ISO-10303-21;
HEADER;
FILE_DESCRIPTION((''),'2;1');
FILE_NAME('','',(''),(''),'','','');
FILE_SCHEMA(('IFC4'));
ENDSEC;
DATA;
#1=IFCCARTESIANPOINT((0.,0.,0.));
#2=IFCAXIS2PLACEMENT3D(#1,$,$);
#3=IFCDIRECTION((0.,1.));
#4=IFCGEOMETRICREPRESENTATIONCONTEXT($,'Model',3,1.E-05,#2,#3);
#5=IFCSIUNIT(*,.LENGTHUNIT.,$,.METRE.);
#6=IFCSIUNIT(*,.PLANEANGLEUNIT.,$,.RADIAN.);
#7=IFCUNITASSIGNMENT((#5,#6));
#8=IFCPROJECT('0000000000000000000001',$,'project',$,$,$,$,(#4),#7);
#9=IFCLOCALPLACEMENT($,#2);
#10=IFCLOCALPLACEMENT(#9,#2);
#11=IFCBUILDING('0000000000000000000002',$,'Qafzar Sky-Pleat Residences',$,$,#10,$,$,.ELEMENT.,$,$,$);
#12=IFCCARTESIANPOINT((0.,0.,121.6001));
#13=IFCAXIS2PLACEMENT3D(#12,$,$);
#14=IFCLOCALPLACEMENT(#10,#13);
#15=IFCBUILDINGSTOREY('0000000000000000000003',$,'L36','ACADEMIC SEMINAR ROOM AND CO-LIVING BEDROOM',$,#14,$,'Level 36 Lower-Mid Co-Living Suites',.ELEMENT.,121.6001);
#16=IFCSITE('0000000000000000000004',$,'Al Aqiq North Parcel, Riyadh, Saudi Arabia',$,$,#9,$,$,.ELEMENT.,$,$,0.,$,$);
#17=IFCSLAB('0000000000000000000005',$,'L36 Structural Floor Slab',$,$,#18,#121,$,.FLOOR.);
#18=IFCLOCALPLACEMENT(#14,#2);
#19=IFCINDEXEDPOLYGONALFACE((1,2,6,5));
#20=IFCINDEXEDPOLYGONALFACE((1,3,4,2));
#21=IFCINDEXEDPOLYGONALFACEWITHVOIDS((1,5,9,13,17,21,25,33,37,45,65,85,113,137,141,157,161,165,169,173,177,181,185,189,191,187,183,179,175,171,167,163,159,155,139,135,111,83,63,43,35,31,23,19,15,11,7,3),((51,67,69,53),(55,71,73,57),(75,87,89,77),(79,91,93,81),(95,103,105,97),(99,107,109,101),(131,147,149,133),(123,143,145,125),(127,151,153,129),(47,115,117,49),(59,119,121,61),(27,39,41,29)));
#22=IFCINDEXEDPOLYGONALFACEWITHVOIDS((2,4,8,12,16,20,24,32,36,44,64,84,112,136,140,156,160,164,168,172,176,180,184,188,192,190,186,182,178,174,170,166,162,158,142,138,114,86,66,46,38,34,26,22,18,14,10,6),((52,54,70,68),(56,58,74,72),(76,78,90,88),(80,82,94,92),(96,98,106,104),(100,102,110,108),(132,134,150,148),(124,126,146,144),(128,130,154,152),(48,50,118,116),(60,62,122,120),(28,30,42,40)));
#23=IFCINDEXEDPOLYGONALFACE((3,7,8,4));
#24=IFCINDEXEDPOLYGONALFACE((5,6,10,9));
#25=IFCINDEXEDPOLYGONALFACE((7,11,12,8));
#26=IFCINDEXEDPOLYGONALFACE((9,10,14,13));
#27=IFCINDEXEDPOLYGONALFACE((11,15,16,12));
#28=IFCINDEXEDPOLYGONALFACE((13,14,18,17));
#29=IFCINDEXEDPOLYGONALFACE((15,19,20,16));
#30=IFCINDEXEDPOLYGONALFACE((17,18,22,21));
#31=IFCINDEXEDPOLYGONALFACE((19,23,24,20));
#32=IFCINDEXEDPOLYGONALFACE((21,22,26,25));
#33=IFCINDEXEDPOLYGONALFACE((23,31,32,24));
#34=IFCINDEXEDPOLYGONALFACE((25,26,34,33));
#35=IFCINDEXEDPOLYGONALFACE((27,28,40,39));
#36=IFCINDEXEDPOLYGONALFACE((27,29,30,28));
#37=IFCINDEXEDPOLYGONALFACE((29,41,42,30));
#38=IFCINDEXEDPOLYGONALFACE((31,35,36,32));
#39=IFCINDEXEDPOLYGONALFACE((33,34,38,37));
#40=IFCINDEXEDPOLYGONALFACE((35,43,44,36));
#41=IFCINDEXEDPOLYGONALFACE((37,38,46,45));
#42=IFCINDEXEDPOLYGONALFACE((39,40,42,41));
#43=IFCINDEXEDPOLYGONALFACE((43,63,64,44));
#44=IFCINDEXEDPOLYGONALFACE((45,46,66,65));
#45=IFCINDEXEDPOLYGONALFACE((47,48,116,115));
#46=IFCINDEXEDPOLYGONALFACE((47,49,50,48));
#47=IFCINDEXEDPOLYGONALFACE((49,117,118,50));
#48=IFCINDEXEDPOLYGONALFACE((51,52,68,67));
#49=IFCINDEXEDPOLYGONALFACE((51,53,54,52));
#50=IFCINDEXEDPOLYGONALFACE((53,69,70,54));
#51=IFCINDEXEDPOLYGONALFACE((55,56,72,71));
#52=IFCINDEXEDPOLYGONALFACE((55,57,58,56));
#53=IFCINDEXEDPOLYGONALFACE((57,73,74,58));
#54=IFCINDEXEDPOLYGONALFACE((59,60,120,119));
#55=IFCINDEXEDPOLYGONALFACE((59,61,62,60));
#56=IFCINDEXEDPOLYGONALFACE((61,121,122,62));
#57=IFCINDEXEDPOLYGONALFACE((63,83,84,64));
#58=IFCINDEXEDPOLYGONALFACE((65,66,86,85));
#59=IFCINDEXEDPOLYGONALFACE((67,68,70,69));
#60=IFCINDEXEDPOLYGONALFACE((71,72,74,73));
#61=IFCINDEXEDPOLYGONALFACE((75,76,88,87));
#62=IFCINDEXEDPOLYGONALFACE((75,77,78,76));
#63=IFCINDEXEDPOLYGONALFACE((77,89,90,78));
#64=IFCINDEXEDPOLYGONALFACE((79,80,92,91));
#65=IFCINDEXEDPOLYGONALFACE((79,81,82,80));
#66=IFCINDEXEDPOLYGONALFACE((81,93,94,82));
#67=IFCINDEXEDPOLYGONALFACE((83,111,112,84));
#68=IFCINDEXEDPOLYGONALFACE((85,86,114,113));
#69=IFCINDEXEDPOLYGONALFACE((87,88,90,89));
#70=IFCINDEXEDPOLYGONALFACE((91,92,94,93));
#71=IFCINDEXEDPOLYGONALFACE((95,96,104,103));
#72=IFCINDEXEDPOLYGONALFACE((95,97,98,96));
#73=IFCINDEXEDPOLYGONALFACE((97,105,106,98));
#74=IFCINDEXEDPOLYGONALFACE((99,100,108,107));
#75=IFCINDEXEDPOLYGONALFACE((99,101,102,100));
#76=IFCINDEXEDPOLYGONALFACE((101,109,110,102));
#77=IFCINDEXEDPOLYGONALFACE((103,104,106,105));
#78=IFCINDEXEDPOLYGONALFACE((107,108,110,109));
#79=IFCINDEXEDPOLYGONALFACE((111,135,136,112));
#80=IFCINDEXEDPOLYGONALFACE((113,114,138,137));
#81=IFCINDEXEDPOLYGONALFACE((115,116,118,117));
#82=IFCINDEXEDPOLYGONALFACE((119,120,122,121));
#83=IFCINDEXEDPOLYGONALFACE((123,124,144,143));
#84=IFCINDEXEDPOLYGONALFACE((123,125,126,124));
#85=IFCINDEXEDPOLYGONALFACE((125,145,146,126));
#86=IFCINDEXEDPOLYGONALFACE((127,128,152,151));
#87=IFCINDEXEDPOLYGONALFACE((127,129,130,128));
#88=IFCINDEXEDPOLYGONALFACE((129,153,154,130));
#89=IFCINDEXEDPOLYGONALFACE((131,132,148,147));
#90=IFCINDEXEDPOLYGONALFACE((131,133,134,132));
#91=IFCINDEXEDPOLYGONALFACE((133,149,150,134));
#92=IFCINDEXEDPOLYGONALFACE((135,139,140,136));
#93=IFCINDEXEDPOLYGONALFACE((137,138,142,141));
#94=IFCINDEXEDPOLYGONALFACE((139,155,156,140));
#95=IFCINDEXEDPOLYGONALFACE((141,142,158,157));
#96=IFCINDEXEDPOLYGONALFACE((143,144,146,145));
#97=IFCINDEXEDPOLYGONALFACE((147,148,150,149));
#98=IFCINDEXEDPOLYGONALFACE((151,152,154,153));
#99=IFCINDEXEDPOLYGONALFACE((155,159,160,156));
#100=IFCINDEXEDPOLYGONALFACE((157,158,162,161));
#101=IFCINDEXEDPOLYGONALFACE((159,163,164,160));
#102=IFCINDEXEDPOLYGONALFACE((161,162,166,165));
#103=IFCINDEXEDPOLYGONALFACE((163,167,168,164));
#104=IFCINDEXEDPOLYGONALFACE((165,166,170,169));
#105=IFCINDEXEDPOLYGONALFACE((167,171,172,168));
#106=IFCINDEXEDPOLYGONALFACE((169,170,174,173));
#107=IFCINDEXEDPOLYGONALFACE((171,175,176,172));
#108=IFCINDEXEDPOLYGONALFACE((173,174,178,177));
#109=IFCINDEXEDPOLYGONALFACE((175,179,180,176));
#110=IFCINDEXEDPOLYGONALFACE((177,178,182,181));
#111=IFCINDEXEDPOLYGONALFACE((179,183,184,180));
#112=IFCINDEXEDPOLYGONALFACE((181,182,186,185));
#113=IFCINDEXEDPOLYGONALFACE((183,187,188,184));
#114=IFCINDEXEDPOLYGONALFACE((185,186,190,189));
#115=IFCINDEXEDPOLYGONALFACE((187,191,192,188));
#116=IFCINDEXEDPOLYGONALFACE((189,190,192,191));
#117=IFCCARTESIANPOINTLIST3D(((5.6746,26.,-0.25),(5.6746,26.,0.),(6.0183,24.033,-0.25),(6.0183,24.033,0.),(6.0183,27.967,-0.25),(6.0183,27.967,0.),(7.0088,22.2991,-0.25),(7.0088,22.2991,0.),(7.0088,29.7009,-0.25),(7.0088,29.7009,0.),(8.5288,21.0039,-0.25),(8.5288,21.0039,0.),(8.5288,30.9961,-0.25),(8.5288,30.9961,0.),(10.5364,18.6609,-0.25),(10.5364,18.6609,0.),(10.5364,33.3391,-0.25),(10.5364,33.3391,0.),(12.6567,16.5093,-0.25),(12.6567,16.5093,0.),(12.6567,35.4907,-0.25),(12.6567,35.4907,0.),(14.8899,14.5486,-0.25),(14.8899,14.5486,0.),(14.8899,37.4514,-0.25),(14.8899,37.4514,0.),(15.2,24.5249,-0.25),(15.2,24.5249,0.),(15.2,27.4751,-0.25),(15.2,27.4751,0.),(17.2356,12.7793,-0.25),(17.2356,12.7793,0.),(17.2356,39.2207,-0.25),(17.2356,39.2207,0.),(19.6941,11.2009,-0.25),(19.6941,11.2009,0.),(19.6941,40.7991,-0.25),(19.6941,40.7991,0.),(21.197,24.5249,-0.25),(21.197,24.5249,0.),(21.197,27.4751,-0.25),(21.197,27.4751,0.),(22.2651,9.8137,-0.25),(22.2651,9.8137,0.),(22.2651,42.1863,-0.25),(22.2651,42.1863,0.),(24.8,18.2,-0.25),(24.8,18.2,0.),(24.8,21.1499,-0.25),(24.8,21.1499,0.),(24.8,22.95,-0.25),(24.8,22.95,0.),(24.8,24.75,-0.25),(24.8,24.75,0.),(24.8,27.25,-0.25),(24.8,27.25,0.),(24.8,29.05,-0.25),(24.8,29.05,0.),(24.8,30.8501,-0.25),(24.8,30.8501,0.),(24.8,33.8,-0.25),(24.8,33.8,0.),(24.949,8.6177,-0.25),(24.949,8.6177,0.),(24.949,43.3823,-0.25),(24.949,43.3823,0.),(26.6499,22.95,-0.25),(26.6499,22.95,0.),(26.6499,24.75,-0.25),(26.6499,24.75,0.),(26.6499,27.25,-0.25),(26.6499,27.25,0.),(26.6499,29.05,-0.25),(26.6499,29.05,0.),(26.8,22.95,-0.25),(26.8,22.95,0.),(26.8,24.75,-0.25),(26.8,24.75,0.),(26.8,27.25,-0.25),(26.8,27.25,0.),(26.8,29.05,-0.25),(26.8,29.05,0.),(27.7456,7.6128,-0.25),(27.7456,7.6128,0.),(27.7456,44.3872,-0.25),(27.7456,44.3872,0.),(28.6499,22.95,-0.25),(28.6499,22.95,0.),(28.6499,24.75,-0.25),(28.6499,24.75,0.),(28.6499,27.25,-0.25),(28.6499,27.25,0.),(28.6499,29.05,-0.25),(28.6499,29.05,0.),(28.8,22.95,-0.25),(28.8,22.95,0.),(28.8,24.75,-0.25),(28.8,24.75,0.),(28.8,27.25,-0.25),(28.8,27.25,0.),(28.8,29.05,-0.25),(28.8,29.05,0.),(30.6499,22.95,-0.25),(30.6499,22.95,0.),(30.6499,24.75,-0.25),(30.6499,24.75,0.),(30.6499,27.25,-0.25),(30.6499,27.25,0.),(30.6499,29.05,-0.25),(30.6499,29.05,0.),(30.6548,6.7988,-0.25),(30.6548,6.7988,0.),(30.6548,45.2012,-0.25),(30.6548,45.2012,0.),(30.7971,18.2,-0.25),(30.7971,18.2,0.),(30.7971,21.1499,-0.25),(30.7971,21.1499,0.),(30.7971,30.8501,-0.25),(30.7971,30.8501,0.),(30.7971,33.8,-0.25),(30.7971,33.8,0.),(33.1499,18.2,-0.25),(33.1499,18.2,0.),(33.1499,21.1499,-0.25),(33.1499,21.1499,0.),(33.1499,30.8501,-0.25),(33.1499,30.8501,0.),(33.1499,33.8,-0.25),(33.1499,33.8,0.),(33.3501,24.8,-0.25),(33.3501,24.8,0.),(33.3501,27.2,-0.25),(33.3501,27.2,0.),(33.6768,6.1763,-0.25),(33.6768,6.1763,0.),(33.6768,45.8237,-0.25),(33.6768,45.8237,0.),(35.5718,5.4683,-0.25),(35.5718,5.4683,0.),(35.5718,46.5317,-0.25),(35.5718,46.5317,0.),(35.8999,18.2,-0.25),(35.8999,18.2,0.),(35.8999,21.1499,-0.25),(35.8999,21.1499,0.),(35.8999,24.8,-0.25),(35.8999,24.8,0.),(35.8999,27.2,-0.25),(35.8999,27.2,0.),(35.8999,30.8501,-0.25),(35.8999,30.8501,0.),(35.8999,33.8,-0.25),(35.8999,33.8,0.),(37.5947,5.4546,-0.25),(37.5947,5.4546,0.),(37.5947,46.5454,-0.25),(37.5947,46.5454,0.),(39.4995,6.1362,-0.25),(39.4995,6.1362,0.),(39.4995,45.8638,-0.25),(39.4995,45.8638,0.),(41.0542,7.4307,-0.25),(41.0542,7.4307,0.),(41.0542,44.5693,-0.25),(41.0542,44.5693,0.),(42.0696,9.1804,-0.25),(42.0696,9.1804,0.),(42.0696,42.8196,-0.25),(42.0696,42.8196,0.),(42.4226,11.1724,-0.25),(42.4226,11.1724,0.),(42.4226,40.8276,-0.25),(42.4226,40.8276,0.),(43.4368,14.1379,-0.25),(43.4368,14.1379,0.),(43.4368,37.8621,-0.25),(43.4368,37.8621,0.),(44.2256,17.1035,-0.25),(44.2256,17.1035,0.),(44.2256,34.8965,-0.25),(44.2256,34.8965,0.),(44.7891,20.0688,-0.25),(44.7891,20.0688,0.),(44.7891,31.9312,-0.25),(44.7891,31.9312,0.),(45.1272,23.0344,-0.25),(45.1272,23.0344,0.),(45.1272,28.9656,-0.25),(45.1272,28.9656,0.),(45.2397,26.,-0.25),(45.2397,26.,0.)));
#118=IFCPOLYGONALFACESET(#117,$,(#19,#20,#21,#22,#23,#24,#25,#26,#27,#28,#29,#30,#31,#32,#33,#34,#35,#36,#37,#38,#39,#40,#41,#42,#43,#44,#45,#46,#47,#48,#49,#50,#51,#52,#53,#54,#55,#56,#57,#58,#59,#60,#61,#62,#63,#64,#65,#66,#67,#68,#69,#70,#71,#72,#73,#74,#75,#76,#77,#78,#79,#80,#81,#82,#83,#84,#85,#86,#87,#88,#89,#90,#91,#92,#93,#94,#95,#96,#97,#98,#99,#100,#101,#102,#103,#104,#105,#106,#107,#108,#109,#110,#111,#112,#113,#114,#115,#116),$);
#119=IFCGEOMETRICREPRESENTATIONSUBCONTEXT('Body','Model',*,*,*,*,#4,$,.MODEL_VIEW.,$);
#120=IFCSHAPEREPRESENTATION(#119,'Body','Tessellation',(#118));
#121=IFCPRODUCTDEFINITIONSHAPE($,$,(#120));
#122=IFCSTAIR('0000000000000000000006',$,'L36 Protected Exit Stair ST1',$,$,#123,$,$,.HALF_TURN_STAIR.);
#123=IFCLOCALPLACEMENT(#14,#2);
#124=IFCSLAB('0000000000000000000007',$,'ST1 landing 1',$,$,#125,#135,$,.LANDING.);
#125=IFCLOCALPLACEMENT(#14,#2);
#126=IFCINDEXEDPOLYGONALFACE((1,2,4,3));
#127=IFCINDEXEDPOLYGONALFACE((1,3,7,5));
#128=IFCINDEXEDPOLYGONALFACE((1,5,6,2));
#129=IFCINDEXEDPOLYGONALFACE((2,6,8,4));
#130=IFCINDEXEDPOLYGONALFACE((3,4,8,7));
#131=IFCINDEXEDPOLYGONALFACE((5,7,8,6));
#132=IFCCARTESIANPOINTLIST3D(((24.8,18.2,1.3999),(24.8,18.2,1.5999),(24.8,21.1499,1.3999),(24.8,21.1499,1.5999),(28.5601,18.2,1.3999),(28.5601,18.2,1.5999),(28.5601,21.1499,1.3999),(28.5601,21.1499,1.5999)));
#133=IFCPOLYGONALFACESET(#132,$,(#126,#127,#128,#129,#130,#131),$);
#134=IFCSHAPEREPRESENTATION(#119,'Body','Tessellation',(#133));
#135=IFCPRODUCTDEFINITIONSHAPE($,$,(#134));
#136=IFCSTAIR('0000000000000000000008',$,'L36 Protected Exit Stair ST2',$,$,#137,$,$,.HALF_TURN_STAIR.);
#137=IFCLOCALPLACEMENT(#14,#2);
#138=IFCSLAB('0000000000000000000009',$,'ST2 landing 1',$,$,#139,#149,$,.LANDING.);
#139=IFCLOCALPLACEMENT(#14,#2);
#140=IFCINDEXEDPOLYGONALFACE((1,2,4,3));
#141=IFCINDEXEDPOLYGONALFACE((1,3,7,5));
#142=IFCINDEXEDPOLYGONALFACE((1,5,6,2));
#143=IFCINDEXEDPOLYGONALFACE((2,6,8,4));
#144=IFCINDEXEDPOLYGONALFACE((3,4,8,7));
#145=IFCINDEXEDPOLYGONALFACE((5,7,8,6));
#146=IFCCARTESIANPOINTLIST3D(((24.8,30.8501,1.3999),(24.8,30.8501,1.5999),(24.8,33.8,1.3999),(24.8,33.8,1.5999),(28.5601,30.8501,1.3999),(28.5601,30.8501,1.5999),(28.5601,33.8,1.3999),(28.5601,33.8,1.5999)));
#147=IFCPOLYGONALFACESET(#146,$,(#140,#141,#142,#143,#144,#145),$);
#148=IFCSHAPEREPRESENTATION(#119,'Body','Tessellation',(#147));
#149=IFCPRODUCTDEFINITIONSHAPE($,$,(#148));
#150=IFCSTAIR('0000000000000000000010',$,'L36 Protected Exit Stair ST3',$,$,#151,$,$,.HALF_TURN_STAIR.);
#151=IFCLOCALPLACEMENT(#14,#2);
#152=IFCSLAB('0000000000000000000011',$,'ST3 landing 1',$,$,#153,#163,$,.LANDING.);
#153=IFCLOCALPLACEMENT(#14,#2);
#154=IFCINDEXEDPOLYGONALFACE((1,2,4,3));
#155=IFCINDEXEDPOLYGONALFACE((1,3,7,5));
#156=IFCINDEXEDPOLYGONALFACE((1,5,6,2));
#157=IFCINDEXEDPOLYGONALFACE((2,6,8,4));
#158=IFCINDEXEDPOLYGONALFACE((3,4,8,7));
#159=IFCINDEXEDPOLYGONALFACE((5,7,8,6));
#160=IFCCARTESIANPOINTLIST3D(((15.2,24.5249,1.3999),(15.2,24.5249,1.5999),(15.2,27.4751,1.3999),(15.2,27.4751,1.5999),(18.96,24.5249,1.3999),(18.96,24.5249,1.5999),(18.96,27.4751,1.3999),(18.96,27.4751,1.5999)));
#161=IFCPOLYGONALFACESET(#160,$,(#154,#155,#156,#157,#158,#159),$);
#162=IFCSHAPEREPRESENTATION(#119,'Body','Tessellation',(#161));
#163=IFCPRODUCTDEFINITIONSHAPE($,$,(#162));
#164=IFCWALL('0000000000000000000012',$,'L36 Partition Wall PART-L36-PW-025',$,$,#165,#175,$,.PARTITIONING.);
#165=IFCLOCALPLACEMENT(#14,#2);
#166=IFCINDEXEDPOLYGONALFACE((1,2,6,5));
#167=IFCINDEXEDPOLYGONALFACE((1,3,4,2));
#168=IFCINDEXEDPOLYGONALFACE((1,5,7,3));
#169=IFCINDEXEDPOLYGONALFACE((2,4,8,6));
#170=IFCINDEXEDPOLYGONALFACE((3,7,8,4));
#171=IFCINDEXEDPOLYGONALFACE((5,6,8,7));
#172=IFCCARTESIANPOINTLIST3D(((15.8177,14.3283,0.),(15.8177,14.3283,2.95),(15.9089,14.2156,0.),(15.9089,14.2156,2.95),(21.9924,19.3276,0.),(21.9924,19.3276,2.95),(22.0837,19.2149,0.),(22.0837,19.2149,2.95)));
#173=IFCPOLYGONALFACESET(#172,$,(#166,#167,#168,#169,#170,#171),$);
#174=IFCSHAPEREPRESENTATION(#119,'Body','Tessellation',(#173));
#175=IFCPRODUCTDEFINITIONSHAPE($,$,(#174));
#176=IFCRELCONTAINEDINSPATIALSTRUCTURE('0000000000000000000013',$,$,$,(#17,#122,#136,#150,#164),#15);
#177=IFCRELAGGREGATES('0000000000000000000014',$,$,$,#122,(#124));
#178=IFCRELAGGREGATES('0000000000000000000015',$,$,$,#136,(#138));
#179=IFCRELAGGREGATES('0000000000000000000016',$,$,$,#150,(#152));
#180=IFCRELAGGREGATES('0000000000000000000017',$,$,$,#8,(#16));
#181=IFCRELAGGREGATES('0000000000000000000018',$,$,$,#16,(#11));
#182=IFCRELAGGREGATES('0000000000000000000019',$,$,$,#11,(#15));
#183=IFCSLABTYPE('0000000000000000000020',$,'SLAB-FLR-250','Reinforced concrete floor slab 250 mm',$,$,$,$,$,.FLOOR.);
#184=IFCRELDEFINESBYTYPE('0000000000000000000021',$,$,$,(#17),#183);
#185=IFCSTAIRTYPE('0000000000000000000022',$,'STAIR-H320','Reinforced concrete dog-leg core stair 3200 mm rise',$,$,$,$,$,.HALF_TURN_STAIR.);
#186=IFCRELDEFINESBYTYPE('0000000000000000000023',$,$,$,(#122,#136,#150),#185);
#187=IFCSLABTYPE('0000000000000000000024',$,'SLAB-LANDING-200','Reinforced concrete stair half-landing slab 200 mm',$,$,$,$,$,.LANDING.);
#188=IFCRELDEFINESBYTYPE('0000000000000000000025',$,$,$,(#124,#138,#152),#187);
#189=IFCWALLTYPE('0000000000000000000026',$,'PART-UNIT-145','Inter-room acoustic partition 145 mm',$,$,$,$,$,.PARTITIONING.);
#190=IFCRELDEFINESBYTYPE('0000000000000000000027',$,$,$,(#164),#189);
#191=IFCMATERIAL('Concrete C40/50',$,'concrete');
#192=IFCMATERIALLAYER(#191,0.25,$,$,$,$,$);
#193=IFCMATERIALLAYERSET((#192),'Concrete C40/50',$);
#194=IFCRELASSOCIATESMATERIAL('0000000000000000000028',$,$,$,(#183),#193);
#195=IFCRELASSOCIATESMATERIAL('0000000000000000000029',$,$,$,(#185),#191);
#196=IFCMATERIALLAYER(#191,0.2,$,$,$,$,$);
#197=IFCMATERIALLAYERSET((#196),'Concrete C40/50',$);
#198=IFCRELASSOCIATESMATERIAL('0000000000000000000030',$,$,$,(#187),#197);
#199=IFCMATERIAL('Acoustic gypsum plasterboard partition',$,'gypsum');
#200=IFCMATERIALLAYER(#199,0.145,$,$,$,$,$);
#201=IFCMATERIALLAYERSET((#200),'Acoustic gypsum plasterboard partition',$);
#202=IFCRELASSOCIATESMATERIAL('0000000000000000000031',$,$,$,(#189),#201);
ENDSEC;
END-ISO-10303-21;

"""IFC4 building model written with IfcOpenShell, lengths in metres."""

from ifc_helpers import new_model, si_unit, direction, frame, frame_2d, origin, place, context, subcontext, project, spatial, polyline, rectangle, outline, extrude, material, layer, layer_set, type_object, element, aggregate, save


model = new_model("IFC4")

# Units and contexts
model_context = context("Model", 3, precision=1e-05, world=origin(), true_north=direction((0.0, 1.0)))
body_context = subcontext(model_context, "Body", "Model", "MODEL_VIEW")
ifc_project = project(units=[si_unit("LENGTHUNIT", "METRE"), si_unit("PLANEANGLEUNIT", "RADIAN")], contexts=[model_context])

# Site, building, storey
site_placement = place(None, origin())
site = spatial("IfcSite", under=ifc_project, at=site_placement, Name="Al Aqiq North Parcel, Riyadh, Saudi Arabia", CompositionType="ELEMENT", RefElevation=0.0)
building_placement = place(site_placement, origin())
building = spatial("IfcBuilding", under=site, at=building_placement, Name="Qafzar Sky-Pleat Residences", CompositionType="ELEMENT")
storey_placement = place(building_placement, frame((0.0, 0.0, 121.6001)))
storey = spatial("IfcBuildingStorey", under=building, at=storey_placement, Name="L36", Description="ACADEMIC SEMINAR ROOM AND CO-LIVING BEDROOM", LongName="Level 36 Lower-Mid Co-Living Suites", CompositionType="ELEMENT", Elevation=121.6001)

# Slab
ifc_material_1 = material(Name="Concrete C40/50", Category="concrete")
ifc_layer_1 = layer(ifc_material_1, 0.25)
ifc_layer_set_1 = layer_set([ifc_layer_1], Name="Concrete C40/50")
slab_type_1 = type_object("IfcSlabType", Name="SLAB-FLR-250", Description="Reinforced concrete floor slab 250 mm", PredefinedType="FLOOR", material=ifc_layer_set_1)
slab_1_placement = place(storey_placement, frame((0.0, 0.0, -0.25)))
element("IfcSlab", 1, at=slab_1_placement, inside=storey, type_object=slab_type_1, Name="L36 Structural Floor Slab", PredefinedType="FLOOR", context=body_context, shape_type="SweptSolid", body=[
    extrude(outline(polyline([(8.5288, 30.9961), (7.0088, 29.7009), (6.0183, 27.967), (5.6746, 26.0), (6.0183, 24.033), (7.0088, 22.2991), (8.5288, 21.0039), (10.5364, 18.6609), (12.6567, 16.5093), (14.8899, 14.5486), (17.2356, 12.7793), (19.6941, 11.2009), (22.2651, 9.8137), (24.949, 8.6177), (27.7456, 7.6128), (30.6548, 6.7988), (33.6768, 6.1763), (35.5718, 5.4683), (37.5947, 5.4546), (39.4995, 6.1362), (41.0542, 7.4307), (42.0696, 9.1804), (42.4226, 11.1724), (43.4368, 14.1379), (44.2256, 17.1035), (44.7891, 20.0688), (45.1272, 23.0344), (45.2397, 26.0), (45.1272, 28.9656), (44.7891, 31.9312), (44.2256, 34.8965), (43.4368, 37.8621), (42.4226, 40.8276), (42.0696, 42.8196), (41.0542, 44.5693), (39.4995, 45.8638), (37.5947, 46.5454), (35.5718, 46.5317), (33.6768, 45.8237), (30.6548, 45.2012), (27.7456, 44.3872), (24.949, 43.3823), (22.2651, 42.1863), (19.6941, 40.7991), (17.2356, 39.2207), (14.8899, 37.4514), (12.6567, 35.4907), (10.5364, 33.3391), (8.5288, 30.9961)]), holes=[polyline([(30.7971, 21.1499), (24.8, 21.1499), (24.8, 18.2), (30.7971, 18.2), (30.7971, 21.1499)]), polyline([(30.7971, 33.8), (24.8, 33.8), (24.8, 30.8501), (30.7971, 30.8501), (30.7971, 33.8)]), polyline([(21.197, 27.4751), (15.2, 27.4751), (15.2, 24.5249), (21.197, 24.5249), (21.197, 27.4751)]), polyline([(24.8, 22.95), (26.6499, 22.95), (26.6499, 24.75), (24.8, 24.75), (24.8, 22.95)]), polyline([(26.8, 22.95), (28.6499, 22.95), (28.6499, 24.75), (26.8, 24.75), (26.8, 22.95)]), polyline([(28.8, 22.95), (30.6499, 22.95), (30.6499, 24.75), (28.8, 24.75), (28.8, 22.95)]), polyline([(24.8, 27.25), (26.6499, 27.25), (26.6499, 29.05), (24.8, 29.05), (24.8, 27.25)]), polyline([(26.8, 27.25), (28.6499, 27.25), (28.6499, 29.05), (26.8, 29.05), (26.8, 27.25)]), polyline([(28.8, 27.25), (30.6499, 27.25), (30.6499, 29.05), (28.8, 29.05), (28.8, 27.25)]), polyline([(33.1499, 18.2), (35.8999, 18.2), (35.8999, 21.1499), (33.1499, 21.1499), (33.1499, 18.2)]), polyline([(33.1499, 30.8501), (35.8999, 30.8501), (35.8999, 33.8), (33.1499, 33.8), (33.1499, 30.8501)]), polyline([(33.3501, 24.8), (35.8999, 24.8), (35.8999, 27.2), (33.3501, 27.2), (33.3501, 24.8)])]), origin(), (0.0, 0.0, 1.0), 0.25),
])

# Stairs, slabs
stair_type = type_object("IfcStairType", Name="STAIR-H320", Description="Reinforced concrete dog-leg core stair 3200 mm rise", PredefinedType="HALF_TURN_STAIR", material=ifc_material_1)
stair_1_placement = place(storey_placement, origin())
stair_1 = element("IfcStair", 2, at=stair_1_placement, inside=storey, type_object=stair_type, Name="L36 Protected Exit Stair ST1", PredefinedType="HALF_TURN_STAIR")
ifc_layer_2 = layer(ifc_material_1, 0.2)
ifc_layer_set_2 = layer_set([ifc_layer_2], Name="Concrete C40/50")
slab_type_2 = type_object("IfcSlabType", Name="SLAB-LANDING-200", Description="Reinforced concrete stair half-landing slab 200 mm", PredefinedType="LANDING", material=ifc_layer_set_2)
slab_2_placement = place(storey_placement, frame((0.0, 0.0, 1.3999)))
slab_2 = element("IfcSlab", 3, at=slab_2_placement, type_object=slab_type_2, Name="ST1 landing 1", PredefinedType="LANDING", context=body_context, shape_type="SweptSolid", body=[
    extrude(outline(polyline([(28.5601, 21.1499), (24.8, 21.1499), (24.8, 18.2), (28.5601, 18.2), (28.5601, 21.1499)])), origin(), (0.0, 0.0, 1.0), 0.2),
])
aggregate(stair_1, [slab_2])
stair_2_placement = place(storey_placement, origin())
stair_2 = element("IfcStair", 4, at=stair_2_placement, inside=storey, type_object=stair_type, Name="L36 Protected Exit Stair ST2", PredefinedType="HALF_TURN_STAIR")
slab_3_placement = place(storey_placement, frame((0.0, 0.0, 1.3999)))
slab_3 = element("IfcSlab", 5, at=slab_3_placement, type_object=slab_type_2, Name="ST2 landing 1", PredefinedType="LANDING", context=body_context, shape_type="SweptSolid", body=[
    extrude(outline(polyline([(28.5601, 33.8), (24.8, 33.8), (24.8, 30.8501), (28.5601, 30.8501), (28.5601, 33.8)])), origin(), (0.0, 0.0, 1.0), 0.2),
])
aggregate(stair_2, [slab_3])
stair_3_placement = place(storey_placement, origin())
stair_3 = element("IfcStair", 6, at=stair_3_placement, inside=storey, type_object=stair_type, Name="L36 Protected Exit Stair ST3", PredefinedType="HALF_TURN_STAIR")
slab_4_placement = place(storey_placement, frame((0.0, 0.0, 1.3999)))
slab_4 = element("IfcSlab", 7, at=slab_4_placement, type_object=slab_type_2, Name="ST3 landing 1", PredefinedType="LANDING", context=body_context, shape_type="SweptSolid", body=[
    extrude(outline(polyline([(18.96, 27.4751), (15.2, 27.4751), (15.2, 24.5249), (18.96, 24.5249), (18.96, 27.4751)])), origin(), (0.0, 0.0, 1.0), 0.2),
])
aggregate(stair_3, [slab_4])

# Wall
ifc_material_2 = material(Name="Acoustic gypsum plasterboard partition", Category="gypsum")
ifc_layer_3 = layer(ifc_material_2, 0.145)
ifc_layer_set_3 = layer_set([ifc_layer_3], Name="Acoustic gypsum plasterboard partition")
wall_type_1 = type_object("IfcWallType", Name="PART-UNIT-145", Description="Inter-room acoustic partition 145 mm", PredefinedType="PARTITIONING", material=ifc_layer_set_3)
wall_1_placement = place(storey_placement, frame((15.8633, 14.272, 0.0), z_axis=(0.0, 0.0, 1.0), x_axis=(0.777207, 0.629245, 0.0)))
element("IfcWall", 8, at=wall_1_placement, inside=storey, type_object=wall_type_1, Name="L36 Partition Wall PART-L36-PW-025", PredefinedType="PARTITIONING", context=body_context, shape_type="SweptSolid", body=[
    extrude(rectangle(XDim=7.9448, YDim=0.145, at=frame_2d((3.9724, 0.0))), origin(), (0.0, 0.0, 1.0), 2.95),
])

save(model, "model.ifc")
